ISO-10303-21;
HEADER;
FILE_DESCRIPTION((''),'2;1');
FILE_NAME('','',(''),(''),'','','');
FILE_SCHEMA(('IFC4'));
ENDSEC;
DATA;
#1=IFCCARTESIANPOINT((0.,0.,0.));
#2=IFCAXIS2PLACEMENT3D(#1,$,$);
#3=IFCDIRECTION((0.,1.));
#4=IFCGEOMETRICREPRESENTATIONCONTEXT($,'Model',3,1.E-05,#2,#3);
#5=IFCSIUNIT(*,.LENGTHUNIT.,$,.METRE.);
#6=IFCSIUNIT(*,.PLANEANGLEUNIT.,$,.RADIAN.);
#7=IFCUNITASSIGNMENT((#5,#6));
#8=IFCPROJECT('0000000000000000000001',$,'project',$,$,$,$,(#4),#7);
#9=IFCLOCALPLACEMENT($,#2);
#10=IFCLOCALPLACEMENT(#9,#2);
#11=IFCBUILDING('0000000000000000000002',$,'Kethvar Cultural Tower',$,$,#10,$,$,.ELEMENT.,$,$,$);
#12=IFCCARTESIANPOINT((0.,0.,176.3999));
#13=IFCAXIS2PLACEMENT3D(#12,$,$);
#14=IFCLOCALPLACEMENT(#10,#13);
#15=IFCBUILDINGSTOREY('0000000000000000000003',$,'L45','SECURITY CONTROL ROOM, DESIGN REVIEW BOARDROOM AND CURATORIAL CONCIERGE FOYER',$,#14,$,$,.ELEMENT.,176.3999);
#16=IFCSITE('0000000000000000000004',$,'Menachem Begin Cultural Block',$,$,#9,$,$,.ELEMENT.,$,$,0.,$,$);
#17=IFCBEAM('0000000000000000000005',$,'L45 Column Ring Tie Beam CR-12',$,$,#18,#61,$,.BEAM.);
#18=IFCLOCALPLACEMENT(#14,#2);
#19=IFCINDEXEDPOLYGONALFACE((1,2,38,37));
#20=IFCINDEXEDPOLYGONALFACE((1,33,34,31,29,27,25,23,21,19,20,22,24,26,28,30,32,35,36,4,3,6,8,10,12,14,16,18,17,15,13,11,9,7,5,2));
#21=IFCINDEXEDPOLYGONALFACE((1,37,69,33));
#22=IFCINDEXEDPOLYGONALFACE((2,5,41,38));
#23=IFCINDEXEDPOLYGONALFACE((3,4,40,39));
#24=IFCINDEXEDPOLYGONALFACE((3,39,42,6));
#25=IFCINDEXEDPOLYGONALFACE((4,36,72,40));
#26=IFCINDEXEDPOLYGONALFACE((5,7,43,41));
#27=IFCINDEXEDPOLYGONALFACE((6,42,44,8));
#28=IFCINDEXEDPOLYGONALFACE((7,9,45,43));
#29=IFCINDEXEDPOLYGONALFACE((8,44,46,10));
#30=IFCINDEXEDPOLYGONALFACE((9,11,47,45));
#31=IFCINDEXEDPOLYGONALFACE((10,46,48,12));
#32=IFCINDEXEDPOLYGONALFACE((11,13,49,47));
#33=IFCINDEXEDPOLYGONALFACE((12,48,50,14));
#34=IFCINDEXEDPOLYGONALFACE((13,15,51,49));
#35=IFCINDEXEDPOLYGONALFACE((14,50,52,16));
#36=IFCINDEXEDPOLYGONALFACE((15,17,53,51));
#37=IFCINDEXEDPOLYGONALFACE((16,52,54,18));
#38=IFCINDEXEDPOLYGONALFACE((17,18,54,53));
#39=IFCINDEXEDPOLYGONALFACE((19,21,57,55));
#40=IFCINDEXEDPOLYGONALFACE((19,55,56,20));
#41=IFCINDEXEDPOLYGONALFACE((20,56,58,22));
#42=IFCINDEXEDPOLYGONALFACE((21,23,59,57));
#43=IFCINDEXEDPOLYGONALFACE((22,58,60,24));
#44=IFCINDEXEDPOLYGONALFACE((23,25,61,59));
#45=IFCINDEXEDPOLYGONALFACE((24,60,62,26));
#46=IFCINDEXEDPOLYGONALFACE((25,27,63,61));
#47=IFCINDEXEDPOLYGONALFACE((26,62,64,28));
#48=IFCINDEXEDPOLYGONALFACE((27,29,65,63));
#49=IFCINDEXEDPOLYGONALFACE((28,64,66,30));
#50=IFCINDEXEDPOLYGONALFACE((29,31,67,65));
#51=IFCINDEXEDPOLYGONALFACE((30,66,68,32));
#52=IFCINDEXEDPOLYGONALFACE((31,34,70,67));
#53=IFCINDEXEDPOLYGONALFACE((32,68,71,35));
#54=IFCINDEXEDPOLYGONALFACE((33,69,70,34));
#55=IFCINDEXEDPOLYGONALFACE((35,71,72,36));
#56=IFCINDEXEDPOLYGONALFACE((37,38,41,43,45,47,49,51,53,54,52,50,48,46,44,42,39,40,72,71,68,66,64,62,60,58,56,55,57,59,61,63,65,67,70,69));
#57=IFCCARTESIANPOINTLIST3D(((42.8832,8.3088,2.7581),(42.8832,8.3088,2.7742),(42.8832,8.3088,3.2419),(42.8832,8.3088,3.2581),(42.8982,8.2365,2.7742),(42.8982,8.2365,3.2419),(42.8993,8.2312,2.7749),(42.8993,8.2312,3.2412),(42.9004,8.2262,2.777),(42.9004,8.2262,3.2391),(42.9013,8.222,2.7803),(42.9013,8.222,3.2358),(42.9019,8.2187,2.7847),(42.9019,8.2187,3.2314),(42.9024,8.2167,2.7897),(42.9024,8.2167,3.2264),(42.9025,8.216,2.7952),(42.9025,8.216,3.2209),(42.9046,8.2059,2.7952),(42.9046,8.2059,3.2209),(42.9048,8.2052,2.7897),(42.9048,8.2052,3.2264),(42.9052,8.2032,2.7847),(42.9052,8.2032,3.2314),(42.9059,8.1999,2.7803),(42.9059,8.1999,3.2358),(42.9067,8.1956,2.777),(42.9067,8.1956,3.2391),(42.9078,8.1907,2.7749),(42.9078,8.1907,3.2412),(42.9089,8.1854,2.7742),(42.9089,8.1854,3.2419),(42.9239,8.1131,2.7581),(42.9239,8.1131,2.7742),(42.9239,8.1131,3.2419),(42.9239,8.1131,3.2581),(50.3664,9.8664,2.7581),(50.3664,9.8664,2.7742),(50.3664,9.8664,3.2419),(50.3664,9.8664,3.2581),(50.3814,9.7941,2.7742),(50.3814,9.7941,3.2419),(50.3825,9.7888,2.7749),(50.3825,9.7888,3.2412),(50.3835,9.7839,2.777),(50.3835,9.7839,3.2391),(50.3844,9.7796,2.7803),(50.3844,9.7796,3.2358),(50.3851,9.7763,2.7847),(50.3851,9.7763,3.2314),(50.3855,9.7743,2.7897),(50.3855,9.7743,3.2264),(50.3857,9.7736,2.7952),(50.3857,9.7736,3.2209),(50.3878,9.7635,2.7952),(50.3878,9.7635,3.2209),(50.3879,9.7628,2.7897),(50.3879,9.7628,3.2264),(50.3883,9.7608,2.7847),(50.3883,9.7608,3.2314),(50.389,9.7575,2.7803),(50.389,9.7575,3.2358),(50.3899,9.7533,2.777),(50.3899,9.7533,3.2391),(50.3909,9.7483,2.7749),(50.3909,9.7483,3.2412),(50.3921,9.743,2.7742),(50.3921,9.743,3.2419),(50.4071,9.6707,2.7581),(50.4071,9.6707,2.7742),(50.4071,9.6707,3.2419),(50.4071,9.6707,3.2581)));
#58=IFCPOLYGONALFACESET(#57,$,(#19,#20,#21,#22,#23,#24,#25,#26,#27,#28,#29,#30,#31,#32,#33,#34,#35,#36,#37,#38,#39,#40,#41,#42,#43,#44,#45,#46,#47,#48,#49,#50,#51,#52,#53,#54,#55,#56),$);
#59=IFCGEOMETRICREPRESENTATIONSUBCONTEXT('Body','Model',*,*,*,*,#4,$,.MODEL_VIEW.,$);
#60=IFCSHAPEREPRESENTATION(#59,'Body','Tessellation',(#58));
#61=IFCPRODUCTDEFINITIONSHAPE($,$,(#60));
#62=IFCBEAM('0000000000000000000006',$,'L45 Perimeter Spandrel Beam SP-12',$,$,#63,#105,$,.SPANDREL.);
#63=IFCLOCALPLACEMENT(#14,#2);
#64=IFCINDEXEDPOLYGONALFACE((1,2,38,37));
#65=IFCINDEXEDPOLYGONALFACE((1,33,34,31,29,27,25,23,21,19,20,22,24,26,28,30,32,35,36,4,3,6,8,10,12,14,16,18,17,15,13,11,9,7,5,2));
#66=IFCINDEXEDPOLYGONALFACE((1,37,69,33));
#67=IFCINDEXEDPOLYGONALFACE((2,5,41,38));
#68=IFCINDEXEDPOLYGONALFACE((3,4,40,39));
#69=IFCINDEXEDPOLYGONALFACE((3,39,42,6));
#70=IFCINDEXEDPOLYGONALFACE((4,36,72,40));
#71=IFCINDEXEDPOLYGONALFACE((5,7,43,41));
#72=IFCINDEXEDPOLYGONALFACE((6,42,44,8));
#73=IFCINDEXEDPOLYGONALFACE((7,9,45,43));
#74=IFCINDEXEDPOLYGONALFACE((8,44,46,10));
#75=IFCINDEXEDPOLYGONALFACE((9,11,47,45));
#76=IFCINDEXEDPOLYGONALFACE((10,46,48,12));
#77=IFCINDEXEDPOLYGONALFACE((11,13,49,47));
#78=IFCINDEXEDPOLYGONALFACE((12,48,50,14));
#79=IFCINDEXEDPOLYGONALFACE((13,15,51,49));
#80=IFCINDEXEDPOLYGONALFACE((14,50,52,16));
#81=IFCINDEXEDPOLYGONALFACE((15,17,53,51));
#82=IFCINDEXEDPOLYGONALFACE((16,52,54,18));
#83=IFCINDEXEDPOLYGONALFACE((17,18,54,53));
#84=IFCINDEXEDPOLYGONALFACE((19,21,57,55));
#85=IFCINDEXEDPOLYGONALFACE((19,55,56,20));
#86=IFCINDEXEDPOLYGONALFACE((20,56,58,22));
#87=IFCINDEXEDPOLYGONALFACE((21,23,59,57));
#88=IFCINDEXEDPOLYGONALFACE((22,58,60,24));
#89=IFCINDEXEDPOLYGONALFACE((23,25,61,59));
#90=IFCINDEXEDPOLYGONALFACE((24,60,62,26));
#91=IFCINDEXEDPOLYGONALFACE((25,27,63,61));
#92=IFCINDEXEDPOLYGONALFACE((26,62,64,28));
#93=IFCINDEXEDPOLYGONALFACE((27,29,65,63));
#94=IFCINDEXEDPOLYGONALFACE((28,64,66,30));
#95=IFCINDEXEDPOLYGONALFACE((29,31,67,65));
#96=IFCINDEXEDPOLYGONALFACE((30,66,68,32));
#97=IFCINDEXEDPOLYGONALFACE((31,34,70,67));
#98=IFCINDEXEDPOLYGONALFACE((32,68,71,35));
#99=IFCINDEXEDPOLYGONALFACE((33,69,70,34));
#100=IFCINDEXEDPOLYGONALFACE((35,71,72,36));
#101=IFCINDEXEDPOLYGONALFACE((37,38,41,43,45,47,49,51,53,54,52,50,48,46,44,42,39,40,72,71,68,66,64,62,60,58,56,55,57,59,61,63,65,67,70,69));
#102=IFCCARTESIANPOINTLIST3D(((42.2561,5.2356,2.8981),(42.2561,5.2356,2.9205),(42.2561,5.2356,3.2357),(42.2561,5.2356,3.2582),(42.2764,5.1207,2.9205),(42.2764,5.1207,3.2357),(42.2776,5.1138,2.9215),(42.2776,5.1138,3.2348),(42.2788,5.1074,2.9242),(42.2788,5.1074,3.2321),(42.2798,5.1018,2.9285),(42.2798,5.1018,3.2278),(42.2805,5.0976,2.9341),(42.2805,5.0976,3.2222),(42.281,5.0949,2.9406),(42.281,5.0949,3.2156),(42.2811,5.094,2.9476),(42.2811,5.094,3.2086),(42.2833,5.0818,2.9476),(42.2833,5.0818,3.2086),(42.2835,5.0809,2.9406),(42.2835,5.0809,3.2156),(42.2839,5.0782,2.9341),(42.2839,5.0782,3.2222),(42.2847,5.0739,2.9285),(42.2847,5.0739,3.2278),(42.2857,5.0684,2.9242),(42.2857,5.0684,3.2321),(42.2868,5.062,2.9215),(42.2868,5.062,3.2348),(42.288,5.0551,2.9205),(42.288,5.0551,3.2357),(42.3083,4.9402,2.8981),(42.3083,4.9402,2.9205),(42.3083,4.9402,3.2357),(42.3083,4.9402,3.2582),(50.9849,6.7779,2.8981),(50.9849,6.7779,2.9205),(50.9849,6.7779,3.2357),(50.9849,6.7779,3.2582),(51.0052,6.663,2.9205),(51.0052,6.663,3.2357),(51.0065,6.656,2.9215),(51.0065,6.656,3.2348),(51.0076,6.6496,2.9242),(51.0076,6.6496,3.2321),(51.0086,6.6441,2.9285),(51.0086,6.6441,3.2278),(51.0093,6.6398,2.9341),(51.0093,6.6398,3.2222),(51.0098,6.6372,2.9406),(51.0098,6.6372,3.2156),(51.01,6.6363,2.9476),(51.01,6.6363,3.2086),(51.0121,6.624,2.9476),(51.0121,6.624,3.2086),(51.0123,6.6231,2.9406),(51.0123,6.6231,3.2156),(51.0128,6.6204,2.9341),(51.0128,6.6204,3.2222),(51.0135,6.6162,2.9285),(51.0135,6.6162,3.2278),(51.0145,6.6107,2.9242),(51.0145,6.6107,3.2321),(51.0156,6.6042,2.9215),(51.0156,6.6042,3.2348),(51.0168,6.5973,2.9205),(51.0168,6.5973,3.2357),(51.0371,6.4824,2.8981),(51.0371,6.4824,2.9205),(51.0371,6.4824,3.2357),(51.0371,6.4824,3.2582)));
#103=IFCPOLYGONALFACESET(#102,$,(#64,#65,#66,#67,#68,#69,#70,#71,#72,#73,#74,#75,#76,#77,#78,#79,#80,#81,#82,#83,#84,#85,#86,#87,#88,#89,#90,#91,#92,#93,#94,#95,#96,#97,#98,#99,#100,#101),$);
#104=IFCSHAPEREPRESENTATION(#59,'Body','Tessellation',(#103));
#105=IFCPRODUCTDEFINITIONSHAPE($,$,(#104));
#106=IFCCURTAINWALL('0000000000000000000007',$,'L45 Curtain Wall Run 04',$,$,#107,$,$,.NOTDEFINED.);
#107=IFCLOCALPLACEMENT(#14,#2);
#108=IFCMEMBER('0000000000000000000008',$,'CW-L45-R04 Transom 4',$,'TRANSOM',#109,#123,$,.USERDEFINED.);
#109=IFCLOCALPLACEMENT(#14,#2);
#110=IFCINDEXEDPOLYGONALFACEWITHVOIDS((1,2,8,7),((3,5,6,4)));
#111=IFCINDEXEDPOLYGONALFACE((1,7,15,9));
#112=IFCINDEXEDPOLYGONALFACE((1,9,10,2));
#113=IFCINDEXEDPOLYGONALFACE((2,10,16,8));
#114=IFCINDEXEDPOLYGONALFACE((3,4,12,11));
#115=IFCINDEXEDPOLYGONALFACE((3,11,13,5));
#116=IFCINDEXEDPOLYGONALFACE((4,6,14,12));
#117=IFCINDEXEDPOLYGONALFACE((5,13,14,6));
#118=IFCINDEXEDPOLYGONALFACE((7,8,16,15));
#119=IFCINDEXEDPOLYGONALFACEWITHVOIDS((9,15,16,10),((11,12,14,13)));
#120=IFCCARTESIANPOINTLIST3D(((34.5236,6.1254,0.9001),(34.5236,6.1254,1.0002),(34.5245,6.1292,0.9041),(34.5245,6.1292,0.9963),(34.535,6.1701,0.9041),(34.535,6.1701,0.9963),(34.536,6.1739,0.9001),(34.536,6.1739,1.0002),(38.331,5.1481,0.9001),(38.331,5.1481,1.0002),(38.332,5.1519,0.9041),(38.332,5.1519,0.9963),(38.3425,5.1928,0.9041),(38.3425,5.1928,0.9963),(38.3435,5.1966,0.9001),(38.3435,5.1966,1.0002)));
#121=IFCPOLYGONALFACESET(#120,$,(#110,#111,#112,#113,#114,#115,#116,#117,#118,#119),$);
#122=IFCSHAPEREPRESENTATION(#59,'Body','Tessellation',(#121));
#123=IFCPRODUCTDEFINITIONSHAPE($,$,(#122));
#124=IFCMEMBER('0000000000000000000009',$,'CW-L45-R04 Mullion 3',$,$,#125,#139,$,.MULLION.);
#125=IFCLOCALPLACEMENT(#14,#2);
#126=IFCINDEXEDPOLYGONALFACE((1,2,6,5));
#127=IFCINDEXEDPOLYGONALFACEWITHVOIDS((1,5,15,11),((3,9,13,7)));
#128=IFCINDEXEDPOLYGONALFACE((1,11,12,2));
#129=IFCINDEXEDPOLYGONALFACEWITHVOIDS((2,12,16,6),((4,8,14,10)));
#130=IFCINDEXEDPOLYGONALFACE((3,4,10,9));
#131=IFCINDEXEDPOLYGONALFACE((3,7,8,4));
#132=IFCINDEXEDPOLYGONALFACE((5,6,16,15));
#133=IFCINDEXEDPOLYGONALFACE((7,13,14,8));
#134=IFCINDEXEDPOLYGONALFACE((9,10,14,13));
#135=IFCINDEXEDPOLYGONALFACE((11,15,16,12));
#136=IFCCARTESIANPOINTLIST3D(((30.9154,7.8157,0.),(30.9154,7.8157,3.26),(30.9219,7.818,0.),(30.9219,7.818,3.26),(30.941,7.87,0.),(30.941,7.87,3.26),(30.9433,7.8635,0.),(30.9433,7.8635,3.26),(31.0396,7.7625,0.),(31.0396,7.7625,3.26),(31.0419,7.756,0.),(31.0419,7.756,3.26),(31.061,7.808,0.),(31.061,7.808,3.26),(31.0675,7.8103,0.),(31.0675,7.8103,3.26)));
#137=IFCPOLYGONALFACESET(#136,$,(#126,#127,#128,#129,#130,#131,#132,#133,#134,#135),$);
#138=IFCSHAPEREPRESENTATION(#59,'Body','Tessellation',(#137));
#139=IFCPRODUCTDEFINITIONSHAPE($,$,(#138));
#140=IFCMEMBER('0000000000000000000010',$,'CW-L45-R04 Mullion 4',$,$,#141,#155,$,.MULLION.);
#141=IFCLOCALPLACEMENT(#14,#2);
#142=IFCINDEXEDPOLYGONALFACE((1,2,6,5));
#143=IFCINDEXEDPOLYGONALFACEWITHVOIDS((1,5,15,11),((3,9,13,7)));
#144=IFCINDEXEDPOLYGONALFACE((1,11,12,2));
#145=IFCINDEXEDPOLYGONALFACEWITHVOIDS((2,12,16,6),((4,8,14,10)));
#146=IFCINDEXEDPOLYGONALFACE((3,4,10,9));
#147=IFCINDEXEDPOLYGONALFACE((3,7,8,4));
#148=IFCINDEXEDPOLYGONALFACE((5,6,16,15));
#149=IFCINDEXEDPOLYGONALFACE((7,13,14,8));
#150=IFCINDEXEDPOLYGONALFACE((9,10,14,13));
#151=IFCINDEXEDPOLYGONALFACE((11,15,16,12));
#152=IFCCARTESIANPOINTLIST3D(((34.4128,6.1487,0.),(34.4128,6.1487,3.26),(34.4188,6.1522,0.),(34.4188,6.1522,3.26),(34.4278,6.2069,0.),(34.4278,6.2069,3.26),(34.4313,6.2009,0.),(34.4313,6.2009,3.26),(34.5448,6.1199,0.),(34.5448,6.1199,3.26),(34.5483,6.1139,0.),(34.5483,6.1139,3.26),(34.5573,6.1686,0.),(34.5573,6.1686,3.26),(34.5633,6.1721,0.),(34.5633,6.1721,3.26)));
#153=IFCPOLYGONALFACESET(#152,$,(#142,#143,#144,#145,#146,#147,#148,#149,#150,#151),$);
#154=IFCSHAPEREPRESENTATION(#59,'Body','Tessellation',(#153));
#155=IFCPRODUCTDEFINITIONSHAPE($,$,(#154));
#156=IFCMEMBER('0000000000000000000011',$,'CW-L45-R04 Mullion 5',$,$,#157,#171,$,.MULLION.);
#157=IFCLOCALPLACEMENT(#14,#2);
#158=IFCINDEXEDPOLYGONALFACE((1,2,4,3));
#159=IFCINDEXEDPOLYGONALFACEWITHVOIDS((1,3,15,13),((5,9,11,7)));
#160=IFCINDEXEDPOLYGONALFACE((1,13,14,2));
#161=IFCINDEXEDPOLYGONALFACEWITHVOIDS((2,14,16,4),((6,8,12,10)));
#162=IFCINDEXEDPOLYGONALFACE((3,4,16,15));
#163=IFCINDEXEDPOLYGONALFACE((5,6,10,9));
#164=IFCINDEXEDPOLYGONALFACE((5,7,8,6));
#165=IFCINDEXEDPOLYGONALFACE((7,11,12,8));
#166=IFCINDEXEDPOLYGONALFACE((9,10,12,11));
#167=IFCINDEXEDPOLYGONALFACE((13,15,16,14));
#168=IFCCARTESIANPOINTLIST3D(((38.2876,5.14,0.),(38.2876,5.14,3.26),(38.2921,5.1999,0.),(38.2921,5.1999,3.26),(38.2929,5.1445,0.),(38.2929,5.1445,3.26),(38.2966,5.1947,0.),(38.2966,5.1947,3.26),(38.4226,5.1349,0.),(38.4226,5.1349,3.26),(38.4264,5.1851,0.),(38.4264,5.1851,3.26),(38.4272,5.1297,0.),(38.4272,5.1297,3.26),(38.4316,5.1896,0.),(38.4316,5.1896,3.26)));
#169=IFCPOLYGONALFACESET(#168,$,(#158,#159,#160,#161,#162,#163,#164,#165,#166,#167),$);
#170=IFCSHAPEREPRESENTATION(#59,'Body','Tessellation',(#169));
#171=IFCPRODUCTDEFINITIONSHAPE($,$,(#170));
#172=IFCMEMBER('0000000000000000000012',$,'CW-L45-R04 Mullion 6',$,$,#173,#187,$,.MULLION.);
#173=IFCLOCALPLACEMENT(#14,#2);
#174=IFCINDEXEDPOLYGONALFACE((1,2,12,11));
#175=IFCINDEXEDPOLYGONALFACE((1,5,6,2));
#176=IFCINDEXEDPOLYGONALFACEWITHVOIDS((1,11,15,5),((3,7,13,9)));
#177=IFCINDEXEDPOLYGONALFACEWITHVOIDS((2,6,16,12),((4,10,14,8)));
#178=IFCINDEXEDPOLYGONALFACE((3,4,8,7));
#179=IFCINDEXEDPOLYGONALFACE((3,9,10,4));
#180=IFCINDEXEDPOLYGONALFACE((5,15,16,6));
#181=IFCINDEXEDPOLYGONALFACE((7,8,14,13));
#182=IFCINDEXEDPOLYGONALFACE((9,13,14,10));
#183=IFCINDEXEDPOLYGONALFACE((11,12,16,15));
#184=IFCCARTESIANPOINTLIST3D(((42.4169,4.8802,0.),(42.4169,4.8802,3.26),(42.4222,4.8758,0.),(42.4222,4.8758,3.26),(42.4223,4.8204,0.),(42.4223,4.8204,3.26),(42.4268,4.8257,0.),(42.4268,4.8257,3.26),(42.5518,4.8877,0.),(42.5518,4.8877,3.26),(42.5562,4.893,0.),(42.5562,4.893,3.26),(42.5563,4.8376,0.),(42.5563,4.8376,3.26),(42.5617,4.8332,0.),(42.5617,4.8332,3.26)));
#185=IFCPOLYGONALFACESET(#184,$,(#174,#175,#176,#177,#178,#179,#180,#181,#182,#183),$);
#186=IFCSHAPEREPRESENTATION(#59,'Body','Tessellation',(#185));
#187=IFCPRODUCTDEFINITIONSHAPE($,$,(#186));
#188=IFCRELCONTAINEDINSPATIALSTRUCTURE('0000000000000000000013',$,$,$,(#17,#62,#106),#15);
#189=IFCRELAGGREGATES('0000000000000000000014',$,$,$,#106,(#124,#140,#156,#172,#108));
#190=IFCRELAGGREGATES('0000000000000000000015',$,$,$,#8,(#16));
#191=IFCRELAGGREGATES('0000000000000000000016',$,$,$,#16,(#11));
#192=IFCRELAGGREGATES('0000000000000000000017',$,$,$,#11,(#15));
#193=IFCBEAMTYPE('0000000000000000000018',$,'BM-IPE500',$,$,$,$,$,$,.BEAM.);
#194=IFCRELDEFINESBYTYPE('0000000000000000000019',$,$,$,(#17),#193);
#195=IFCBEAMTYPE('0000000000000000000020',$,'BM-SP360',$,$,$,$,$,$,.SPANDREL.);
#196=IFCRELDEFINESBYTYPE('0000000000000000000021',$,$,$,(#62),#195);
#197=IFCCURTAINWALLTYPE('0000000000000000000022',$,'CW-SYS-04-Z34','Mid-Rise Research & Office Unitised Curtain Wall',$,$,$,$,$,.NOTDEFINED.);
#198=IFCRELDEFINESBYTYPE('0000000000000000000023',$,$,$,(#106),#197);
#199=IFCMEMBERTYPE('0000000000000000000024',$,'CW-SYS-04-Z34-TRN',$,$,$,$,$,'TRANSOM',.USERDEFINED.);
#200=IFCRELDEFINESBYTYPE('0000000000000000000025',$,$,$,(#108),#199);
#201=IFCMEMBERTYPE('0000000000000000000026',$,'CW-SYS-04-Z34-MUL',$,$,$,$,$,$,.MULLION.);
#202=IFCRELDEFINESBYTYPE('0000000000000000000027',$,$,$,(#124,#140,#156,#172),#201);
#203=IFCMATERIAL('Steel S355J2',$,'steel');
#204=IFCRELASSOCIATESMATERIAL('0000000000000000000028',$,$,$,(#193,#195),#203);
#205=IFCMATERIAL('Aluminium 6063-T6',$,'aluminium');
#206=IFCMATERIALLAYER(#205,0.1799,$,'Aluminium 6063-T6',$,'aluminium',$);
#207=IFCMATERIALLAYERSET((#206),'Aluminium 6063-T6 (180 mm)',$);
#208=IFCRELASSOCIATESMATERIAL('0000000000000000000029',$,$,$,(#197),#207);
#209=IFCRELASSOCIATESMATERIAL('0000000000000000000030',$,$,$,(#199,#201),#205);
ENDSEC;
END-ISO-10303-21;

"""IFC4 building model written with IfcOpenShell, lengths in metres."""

from ifc_helpers import new_model, si_unit, direction, frame, origin, origin_2d, place, context, subcontext, project, spatial, hollow_rectangle, i_section, extrude, source, transform, mapped, material, layer, layer_set, material_profile, profile_set, type_object, element, aggregate, save


model = new_model("IFC4")

# Units and contexts
model_context = context("Model", 3, precision=1e-05, world=origin(), true_north=direction((0.0, 1.0)))
body_context = subcontext(model_context, "Body", "Model", "MODEL_VIEW")
ifc_project = project(units=[si_unit("LENGTHUNIT", "METRE"), si_unit("PLANEANGLEUNIT", "RADIAN")], contexts=[model_context])

# Site, building, storey
site_placement = place(None, origin())
site = spatial("IfcSite", under=ifc_project, at=site_placement, Name="Menachem Begin Cultural Block", CompositionType="ELEMENT", RefElevation=0.0)
building_placement = place(site_placement, origin())
building = spatial("IfcBuilding", under=site, at=building_placement, Name="Kethvar Cultural Tower", CompositionType="ELEMENT")
storey_placement = place(building_placement, frame((0.0, 0.0, 176.3999)))
storey = spatial("IfcBuildingStorey", under=building, at=storey_placement, Name="L45", Description="SECURITY CONTROL ROOM, DESIGN REVIEW BOARDROOM AND CURATORIAL CONCIERGE FOYER", CompositionType="ELEMENT", Elevation=176.3999)

# Beams
ifc_material_1 = material(Name="Steel S355J2", Category="steel")
ifc_material_profile_1 = material_profile(ifc_material_1, i_section(OverallWidth=0.2, OverallDepth=0.5, WebThickness=0.0103, FlangeThickness=0.0161, FilletRadius=0.021, at=origin_2d()), Name="Steel S355J2 — IPE500")
ifc_profile_set_1 = profile_set([ifc_material_profile_1], Name="Steel S355J2 — IPE500")
beam_type_1 = type_object("IfcBeamType", Name="BM-IPE500", PredefinedType="BEAM", material=ifc_profile_set_1)
ifc_material_profile_2 = material_profile(ifc_material_1, i_section(OverallWidth=0.3, OverallDepth=0.3601, WebThickness=0.0125, FlangeThickness=0.0225, FilletRadius=0.0271, at=origin_2d()), Name="Steel S355J2 — HEB360")
ifc_profile_set_2 = profile_set([ifc_material_profile_2], Name="Steel S355J2 — HEB360")
beam_type_2 = type_object("IfcBeamType", Name="BM-SP360", PredefinedType="SPANDREL", material=ifc_profile_set_2)
shared_shape_1 = source(origin(), body_context, "Body", "SweptSolid", [
    extrude(i_section(OverallWidth=0.2, OverallDepth=0.5, WebThickness=0.0103, FlangeThickness=0.0161, FilletRadius=0.021, at=origin_2d()), origin(), (0.0, 0.0, 1.0), 7.6436),
])
beam_1_placement = place(storey_placement, frame((42.9036, 8.2109, 3.0081), z_axis=(0.979016, 0.203782, 0.0), x_axis=(-0.203782, 0.979016, 0.0)))
element("IfcBeam", 1, at=beam_1_placement, inside=storey, type_object=beam_type_1, Name="L45 Column Ring Tie Beam CR-12", PredefinedType="BEAM", context=body_context, shape_type="MappedRepresentation", body=[
    mapped(shared_shape_1, transform((0.0, 0.0, 0.0), scale=1.0)),
])
shared_shape_2 = source(origin(), body_context, "Body", "SweptSolid", [
    extrude(i_section(OverallWidth=0.3, OverallDepth=0.3601, WebThickness=0.0125, FlangeThickness=0.0225, FilletRadius=0.0271, at=origin_2d()), origin(), (0.0, 0.0, 1.0), 8.864),
])
beam_2_placement = place(storey_placement, frame((42.2822, 5.0879, 3.0781), z_axis=(0.984747, 0.17399, 0.0), x_axis=(-0.17399, 0.984747, 0.0)))
element("IfcBeam", 2, at=beam_2_placement, inside=storey, type_object=beam_type_2, Name="L45 Perimeter Spandrel Beam SP-12", PredefinedType="SPANDREL", context=body_context, shape_type="MappedRepresentation", body=[
    mapped(shared_shape_2, transform((0.0, 0.0, 0.0), scale=1.0)),
])

# Curtain wall, members
ifc_material_2 = material(Name="Aluminium 6063-T6", Category="aluminium")
ifc_layer_1 = layer(ifc_material_2, 0.1799, Name="Aluminium 6063-T6", Category="aluminium")
ifc_layer_set_1 = layer_set([ifc_layer_1], Name="Aluminium 6063-T6 (180 mm)")
curtain_wall_type = type_object("IfcCurtainWallType", Name="CW-SYS-04-Z34", Description="Mid-Rise Research & Office Unitised Curtain Wall", PredefinedType="NOTDEFINED", material=ifc_layer_set_1)
curtain_wall_placement = place(storey_placement, origin())
curtain_wall = element("IfcCurtainWall", 3, at=curtain_wall_placement, inside=storey, type_object=curtain_wall_type, Name="L45 Curtain Wall Run 04", PredefinedType="NOTDEFINED")
ifc_material_profile_3 = material_profile(ifc_material_2, hollow_rectangle(XDim=0.05, YDim=0.1001, WallThickness=0.0039, at=origin_2d()), Name="Aluminium 6063-T6 — RHS100x50x4")
ifc_profile_set_3 = profile_set([ifc_material_profile_3], Name="Aluminium 6063-T6 — RHS100x50x4")
member_type_1 = type_object("IfcMemberType", Name="CW-SYS-04-Z34-TRN", ElementType="TRANSOM", PredefinedType="USERDEFINED", material=ifc_profile_set_3)
shared_shape_3 = source(origin(), body_context, "Body", "SweptSolid", [
    extrude(hollow_rectangle(XDim=0.05, YDim=0.1001, WallThickness=0.0039, at=origin_2d()), origin(), (0.0, 0.0, 1.0), 3.9309),
])
member_1_placement = place(storey_placement, frame((34.5298, 6.1497, 0.9502), z_axis=(0.9686, -0.248625, 0.0), x_axis=(0.248625, 0.9686, 0.0)))
member_1 = element("IfcMember", 4, at=member_1_placement, type_object=member_type_1, Name="CW-L45-R04 Transom 4", ObjectType="TRANSOM", PredefinedType="USERDEFINED", context=body_context, shape_type="MappedRepresentation", body=[
    mapped(shared_shape_3, transform((0.0, 0.0, 0.0), scale=1.0)),
])
ifc_material_profile_4 = material_profile(ifc_material_2, hollow_rectangle(XDim=0.0601, YDim=0.1399, WallThickness=0.0049, at=origin_2d()), Name="Aluminium 6063-T6 — RHS140x60x5")
ifc_profile_set_4 = profile_set([ifc_material_profile_4], Name="Aluminium 6063-T6 — RHS140x60x5")
member_type_2 = type_object("IfcMemberType", Name="CW-SYS-04-Z34-MUL", PredefinedType="MULLION", material=ifc_profile_set_4)
shared_shape_4 = source(origin(), body_context, "Body", "SweptSolid", [
    extrude(hollow_rectangle(XDim=0.0601, YDim=0.1399, WallThickness=0.0049, at=origin_2d()), origin(), (0.0, 0.0, 1.0), 3.26),
])
member_2_placement = place(storey_placement, frame((30.9915, 7.813, 0.0), z_axis=(0.0, 0.0, 1.0), x_axis=(0.426837, 0.904329, 0.0)))
member_2 = element("IfcMember", 5, at=member_2_placement, type_object=member_type_2, Name="CW-L45-R04 Mullion 3", PredefinedType="MULLION", context=body_context, shape_type="MappedRepresentation", body=[
    mapped(shared_shape_4, transform((0.0, 0.0, 0.0), scale=1.0)),
])
member_3_placement = place(storey_placement, frame((34.488, 6.1604, 0.0), z_axis=(0.0, 0.0, 1.0), x_axis=(0.248656, 0.968592, 0.0)))
member_3 = element("IfcMember", 6, at=member_3_placement, type_object=member_type_2, Name="CW-L45-R04 Mullion 4", PredefinedType="MULLION", context=body_context, shape_type="MappedRepresentation", body=[
    mapped(shared_shape_4, transform((0.0, 0.0, 0.0), scale=1.0)),
])
member_4_placement = place(storey_placement, frame((38.3596, 5.1648, 0.0), z_axis=(0.0, 0.0, 1.0), x_axis=(0.074004, 0.997258, 0.0)))
member_4 = element("IfcMember", 7, at=member_4_placement, type_object=member_type_2, Name="CW-L45-R04 Mullion 5", PredefinedType="MULLION", context=body_context, shape_type="MappedRepresentation", body=[
    mapped(shared_shape_4, transform((0.0, 0.0, 0.0), scale=1.0)),
])
member_5_placement = place(storey_placement, frame((42.4893, 4.8567, 0.0), z_axis=(0.0, 0.0, 1.0), x_axis=(-0.091397, 0.995815, 0.0)))
member_5 = element("IfcMember", 8, at=member_5_placement, type_object=member_type_2, Name="CW-L45-R04 Mullion 6", PredefinedType="MULLION", context=body_context, shape_type="MappedRepresentation", body=[
    mapped(shared_shape_4, transform((0.0, 0.0, 0.0), scale=1.0)),
])
aggregate(curtain_wall, [member_2, member_3, member_4, member_5, member_1])

save(model, "model.ifc")
